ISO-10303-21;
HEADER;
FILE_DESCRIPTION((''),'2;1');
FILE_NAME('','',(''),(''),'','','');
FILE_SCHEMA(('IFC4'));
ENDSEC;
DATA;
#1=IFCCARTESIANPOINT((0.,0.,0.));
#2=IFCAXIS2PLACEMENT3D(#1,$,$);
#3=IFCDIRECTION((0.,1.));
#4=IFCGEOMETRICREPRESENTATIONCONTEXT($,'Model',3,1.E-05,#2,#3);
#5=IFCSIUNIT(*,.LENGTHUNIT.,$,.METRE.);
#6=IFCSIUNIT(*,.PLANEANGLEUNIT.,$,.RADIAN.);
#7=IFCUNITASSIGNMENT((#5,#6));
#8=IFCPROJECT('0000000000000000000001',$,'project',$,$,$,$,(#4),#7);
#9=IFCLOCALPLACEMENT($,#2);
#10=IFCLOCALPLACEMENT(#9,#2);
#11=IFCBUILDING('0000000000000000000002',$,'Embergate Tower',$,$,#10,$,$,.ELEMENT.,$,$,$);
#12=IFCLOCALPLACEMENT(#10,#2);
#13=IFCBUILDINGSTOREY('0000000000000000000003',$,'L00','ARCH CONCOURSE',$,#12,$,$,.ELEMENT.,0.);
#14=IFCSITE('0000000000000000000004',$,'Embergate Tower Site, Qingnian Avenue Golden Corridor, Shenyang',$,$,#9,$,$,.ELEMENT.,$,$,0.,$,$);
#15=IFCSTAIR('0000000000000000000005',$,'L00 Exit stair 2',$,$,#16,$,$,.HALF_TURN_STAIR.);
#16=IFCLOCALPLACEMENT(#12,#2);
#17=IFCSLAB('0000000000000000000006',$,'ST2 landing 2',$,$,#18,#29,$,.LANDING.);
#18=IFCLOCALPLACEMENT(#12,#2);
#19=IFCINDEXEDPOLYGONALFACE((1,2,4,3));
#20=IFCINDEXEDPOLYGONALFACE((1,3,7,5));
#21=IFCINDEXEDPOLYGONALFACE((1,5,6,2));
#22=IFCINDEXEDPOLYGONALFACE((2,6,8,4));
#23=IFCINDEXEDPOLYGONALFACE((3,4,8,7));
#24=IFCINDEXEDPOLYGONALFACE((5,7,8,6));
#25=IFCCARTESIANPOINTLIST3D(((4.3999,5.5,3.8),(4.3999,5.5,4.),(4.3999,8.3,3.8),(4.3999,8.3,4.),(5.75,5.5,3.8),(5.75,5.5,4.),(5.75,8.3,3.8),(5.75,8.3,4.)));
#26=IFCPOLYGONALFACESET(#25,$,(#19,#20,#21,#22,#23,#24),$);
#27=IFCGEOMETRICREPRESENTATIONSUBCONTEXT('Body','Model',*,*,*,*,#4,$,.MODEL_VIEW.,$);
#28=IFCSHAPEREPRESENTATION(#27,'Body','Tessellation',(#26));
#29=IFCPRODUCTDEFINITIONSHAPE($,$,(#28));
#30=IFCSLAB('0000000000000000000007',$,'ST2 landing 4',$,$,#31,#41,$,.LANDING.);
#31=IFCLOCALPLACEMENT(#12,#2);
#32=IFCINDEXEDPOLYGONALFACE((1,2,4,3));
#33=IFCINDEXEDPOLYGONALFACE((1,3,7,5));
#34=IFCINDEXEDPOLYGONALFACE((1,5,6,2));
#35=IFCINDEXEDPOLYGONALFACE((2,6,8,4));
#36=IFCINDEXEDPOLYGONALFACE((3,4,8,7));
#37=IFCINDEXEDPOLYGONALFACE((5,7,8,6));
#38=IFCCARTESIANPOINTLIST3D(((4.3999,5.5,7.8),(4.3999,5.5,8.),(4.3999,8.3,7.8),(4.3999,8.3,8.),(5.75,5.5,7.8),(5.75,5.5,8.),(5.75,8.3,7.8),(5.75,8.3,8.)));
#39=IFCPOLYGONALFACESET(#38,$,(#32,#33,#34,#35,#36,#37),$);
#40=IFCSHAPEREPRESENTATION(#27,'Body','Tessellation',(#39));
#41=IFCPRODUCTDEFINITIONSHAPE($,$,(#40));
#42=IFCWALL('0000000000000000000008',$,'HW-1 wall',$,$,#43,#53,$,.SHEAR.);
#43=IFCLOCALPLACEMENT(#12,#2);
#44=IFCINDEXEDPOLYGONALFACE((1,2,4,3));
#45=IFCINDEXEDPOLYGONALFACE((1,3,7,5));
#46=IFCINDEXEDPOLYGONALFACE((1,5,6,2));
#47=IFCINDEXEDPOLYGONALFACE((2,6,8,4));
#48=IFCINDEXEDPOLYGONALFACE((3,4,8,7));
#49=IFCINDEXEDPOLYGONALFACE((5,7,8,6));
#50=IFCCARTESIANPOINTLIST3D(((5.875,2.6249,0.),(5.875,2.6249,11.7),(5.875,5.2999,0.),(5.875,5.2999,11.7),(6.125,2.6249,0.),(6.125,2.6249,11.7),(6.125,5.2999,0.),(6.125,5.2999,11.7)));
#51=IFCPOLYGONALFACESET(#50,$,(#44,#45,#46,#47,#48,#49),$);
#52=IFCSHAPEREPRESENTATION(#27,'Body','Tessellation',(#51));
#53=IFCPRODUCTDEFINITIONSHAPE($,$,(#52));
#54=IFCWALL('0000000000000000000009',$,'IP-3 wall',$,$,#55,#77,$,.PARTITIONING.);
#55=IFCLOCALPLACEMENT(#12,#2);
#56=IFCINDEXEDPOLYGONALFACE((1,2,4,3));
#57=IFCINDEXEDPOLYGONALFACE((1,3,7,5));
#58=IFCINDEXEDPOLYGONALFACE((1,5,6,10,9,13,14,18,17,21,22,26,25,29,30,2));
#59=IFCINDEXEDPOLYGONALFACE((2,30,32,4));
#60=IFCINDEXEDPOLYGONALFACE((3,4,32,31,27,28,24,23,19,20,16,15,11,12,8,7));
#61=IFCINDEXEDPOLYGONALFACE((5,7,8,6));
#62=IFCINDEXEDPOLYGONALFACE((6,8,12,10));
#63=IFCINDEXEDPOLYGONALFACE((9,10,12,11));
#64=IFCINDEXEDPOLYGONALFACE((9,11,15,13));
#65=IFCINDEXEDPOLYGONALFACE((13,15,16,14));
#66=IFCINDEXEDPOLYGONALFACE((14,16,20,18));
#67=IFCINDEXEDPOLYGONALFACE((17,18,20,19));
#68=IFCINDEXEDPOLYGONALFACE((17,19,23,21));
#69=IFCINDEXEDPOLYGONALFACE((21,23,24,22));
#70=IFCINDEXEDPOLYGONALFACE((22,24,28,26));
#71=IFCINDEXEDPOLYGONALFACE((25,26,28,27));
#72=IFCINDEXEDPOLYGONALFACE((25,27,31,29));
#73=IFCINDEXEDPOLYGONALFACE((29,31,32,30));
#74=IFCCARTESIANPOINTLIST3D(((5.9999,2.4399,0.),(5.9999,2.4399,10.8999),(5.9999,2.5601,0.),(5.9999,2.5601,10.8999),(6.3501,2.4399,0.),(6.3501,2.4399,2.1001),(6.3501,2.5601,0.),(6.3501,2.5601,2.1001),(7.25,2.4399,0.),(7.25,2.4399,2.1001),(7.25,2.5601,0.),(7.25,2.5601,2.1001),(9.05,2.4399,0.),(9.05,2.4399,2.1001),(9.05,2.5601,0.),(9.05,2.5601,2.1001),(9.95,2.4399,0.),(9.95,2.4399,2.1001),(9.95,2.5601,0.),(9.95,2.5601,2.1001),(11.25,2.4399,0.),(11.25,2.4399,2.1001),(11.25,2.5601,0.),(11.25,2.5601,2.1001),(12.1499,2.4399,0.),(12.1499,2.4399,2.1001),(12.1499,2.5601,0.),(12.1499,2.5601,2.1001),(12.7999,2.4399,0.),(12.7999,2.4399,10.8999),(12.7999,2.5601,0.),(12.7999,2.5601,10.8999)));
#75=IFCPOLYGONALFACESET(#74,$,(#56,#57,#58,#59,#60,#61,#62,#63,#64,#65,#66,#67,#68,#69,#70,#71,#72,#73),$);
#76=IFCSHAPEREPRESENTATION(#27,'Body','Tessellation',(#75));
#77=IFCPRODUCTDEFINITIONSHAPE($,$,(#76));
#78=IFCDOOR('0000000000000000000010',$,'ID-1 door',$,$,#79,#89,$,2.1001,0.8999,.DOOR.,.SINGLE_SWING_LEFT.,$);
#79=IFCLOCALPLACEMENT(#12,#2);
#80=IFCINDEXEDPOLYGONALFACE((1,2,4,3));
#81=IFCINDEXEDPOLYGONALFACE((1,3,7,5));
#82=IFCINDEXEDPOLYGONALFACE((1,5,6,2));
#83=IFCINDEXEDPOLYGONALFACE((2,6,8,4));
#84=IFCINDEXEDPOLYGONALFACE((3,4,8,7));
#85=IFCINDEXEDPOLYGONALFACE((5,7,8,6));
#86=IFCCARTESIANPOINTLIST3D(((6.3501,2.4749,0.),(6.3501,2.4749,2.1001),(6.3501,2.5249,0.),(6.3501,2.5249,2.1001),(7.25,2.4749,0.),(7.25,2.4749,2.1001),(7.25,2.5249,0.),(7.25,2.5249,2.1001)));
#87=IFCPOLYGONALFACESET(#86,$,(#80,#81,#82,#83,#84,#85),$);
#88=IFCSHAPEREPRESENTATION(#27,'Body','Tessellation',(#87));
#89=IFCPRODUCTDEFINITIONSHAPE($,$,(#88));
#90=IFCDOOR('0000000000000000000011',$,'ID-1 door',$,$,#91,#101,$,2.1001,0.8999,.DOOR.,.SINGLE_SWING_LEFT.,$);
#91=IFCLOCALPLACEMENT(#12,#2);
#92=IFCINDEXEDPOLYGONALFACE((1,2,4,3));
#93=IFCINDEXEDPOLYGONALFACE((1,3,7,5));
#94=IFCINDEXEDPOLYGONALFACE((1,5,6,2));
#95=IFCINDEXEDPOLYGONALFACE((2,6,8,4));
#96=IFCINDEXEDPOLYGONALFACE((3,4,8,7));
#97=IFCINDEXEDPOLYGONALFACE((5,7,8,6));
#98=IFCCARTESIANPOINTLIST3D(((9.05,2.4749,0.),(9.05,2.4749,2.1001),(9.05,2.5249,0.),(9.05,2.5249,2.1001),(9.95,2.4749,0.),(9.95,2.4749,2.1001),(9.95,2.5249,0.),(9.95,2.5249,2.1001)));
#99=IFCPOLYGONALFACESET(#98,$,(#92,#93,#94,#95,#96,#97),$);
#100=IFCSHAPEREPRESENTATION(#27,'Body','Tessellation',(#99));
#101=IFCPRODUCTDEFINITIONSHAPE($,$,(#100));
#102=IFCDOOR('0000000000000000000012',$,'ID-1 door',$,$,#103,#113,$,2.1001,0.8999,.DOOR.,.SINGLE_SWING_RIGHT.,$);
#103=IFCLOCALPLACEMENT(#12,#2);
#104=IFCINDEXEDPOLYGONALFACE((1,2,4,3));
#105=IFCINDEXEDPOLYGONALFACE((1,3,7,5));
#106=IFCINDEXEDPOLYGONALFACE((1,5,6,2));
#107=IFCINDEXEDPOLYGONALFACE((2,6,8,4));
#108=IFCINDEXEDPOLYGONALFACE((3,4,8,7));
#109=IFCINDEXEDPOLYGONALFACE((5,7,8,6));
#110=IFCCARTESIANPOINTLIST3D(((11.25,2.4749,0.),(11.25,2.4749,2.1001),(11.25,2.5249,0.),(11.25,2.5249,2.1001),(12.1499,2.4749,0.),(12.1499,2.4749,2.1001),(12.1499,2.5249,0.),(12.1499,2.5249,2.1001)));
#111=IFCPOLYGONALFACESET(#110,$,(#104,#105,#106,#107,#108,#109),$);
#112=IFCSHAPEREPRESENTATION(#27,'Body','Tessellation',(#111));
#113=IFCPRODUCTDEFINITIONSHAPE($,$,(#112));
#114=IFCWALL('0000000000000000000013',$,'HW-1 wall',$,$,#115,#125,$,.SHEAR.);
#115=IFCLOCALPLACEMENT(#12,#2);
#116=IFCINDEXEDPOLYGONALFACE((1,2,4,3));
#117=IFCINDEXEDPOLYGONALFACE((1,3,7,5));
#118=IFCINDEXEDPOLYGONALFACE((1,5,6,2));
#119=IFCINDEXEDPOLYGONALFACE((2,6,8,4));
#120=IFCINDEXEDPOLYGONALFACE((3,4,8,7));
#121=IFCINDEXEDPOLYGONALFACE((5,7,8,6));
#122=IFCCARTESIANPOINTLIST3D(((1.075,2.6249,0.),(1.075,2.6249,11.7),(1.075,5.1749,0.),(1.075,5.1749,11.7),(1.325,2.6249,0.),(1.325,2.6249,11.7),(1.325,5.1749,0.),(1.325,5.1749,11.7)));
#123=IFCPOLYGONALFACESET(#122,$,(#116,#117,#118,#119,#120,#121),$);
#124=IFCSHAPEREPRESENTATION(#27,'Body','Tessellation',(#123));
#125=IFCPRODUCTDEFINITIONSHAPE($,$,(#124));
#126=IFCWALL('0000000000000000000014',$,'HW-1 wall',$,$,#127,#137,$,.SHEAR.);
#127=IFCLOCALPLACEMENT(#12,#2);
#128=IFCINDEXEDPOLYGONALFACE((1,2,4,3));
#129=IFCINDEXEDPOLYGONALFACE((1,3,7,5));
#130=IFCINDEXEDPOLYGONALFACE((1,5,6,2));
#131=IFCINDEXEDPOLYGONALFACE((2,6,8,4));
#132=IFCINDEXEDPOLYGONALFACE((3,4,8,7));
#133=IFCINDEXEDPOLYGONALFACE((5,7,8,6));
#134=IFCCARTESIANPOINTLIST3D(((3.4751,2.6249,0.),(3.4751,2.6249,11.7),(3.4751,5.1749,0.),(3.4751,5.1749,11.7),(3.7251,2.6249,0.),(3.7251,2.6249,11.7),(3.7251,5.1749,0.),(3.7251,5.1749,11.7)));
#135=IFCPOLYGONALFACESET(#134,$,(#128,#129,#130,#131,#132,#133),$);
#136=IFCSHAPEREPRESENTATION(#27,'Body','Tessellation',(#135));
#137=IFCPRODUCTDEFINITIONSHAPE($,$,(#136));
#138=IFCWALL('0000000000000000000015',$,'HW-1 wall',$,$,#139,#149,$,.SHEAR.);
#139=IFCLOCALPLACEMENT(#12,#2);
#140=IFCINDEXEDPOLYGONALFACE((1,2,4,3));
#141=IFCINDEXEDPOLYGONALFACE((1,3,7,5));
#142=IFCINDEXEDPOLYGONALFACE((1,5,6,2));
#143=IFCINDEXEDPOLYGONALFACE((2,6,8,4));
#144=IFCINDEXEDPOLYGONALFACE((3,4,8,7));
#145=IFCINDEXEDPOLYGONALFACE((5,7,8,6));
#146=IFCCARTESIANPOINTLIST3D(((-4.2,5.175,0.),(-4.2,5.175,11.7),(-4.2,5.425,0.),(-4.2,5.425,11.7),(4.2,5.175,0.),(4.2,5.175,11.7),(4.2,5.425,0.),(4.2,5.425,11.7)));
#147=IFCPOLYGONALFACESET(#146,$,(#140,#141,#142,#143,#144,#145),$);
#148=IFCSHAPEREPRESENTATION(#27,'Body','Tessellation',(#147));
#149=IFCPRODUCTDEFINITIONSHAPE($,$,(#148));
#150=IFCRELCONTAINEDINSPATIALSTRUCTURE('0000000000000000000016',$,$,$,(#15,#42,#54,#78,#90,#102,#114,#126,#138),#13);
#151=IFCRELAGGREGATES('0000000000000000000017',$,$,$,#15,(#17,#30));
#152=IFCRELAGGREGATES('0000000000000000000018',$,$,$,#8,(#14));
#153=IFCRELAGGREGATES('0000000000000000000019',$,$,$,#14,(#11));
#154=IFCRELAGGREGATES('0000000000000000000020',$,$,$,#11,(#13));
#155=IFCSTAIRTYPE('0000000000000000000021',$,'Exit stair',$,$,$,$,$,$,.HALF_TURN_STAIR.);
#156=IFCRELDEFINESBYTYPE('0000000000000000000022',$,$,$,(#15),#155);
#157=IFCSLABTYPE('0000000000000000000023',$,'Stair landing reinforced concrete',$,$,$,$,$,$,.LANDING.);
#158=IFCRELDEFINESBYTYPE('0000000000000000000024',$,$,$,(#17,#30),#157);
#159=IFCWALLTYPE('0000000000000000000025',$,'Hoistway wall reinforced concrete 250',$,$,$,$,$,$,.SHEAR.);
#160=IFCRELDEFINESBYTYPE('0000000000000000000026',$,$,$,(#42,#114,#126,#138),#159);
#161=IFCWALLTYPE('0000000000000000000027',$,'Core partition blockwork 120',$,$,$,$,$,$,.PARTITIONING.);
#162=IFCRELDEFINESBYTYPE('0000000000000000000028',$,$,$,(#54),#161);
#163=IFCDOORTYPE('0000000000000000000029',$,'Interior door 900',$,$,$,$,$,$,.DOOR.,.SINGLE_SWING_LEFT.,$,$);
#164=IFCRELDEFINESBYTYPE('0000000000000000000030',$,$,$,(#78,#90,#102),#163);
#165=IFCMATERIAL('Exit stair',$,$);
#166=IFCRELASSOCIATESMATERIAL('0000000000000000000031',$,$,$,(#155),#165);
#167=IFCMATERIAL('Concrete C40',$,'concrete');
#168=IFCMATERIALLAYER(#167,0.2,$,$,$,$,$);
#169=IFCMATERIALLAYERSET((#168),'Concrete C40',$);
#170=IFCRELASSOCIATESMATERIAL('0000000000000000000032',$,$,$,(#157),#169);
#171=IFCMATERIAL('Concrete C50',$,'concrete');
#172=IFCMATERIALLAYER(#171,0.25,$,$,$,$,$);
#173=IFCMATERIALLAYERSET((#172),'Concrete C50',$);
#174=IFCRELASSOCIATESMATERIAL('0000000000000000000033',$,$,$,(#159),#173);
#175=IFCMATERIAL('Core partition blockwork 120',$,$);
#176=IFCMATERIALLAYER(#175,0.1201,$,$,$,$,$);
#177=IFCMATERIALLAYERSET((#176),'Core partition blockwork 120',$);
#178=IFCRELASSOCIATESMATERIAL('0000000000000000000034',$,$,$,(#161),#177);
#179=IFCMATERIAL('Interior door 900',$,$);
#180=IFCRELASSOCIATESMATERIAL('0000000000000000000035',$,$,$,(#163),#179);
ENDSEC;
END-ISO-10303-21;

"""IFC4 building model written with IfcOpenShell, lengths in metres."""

from ifc_helpers import new_model, si_unit, direction, frame, frame_2d, origin, place, context, subcontext, project, spatial, polyline, rectangle, outline, extrude, source, transform, mapped, material, layer, layer_set, type_object, element, fill, aggregate, save


model = new_model("IFC4")

# Units and contexts
model_context = context("Model", 3, precision=1e-05, world=origin(), true_north=direction((0.0, 1.0)))
body_context = subcontext(model_context, "Body", "Model", "MODEL_VIEW")
ifc_project = project(units=[si_unit("LENGTHUNIT", "METRE"), si_unit("PLANEANGLEUNIT", "RADIAN")], contexts=[model_context])

# Site, building, storey
site_placement = place(None, origin())
site = spatial("IfcSite", under=ifc_project, at=site_placement, Name="Embergate Tower Site, Qingnian Avenue Golden Corridor, Shenyang", CompositionType="ELEMENT", RefElevation=0.0)
building_placement = place(site_placement, origin())
building = spatial("IfcBuilding", under=site, at=building_placement, Name="Embergate Tower", CompositionType="ELEMENT")
storey_placement = place(building_placement, origin())
storey = spatial("IfcBuildingStorey", under=building, at=storey_placement, Name="L00", Description="ARCH CONCOURSE", CompositionType="ELEMENT", Elevation=0.0)

# Stair, slabs
ifc_material_1 = material(Name="Exit stair")
stair_type = type_object("IfcStairType", Name="Exit stair", PredefinedType="HALF_TURN_STAIR", material=ifc_material_1)
stair_placement = place(storey_placement, origin())
stair = element("IfcStair", 1, at=stair_placement, inside=storey, type_object=stair_type, Name="L00 Exit stair 2", PredefinedType="HALF_TURN_STAIR")
ifc_material_2 = material(Name="Concrete C40", Category="concrete")
ifc_layer_1 = layer(ifc_material_2, 0.2)
ifc_layer_set_1 = layer_set([ifc_layer_1], Name="Concrete C40")
slab_type = type_object("IfcSlabType", Name="Stair landing reinforced concrete", PredefinedType="LANDING", material=ifc_layer_set_1)
shared_shape_1 = source(origin(), body_context, "Body", "SweptSolid", [
    extrude(outline(polyline([(0.0, 0.0), (1.3501, 0.0), (1.3501, 2.8), (0.0, 2.8), (0.0, 0.0)])), origin(), (0.0, 0.0, 1.0), 0.2),
])
slab_1_placement = place(storey_placement, frame((4.3999, 5.5, 3.8)))
slab_1 = element("IfcSlab", 2, at=slab_1_placement, type_object=slab_type, Name="ST2 landing 2", PredefinedType="LANDING", context=body_context, shape_type="MappedRepresentation", body=[
    mapped(shared_shape_1, transform((0.0, 0.0, 0.0))),
])
slab_2_placement = place(storey_placement, frame((4.3999, 5.5, 7.8)))
slab_2 = element("IfcSlab", 3, at=slab_2_placement, type_object=slab_type, Name="ST2 landing 4", PredefinedType="LANDING", context=body_context, shape_type="MappedRepresentation", body=[
    mapped(shared_shape_1, transform((0.0, 0.0, 0.0))),
])

# Wall
ifc_material_3 = material(Name="Concrete C50", Category="concrete")
ifc_layer_2 = layer(ifc_material_3, 0.25)
ifc_layer_set_2 = layer_set([ifc_layer_2], Name="Concrete C50")
wall_type_1 = type_object("IfcWallType", Name="Hoistway wall reinforced concrete 250", PredefinedType="SHEAR", material=ifc_layer_set_2)
shared_shape_2 = source(origin(), body_context, "Body", "SweptSolid", [
    extrude(rectangle(XDim=2.675, YDim=0.25, at=frame_2d((1.3374, 0.0))), origin(), (0.0, 0.0, 1.0), 11.7),
])
wall_1_placement = place(storey_placement, frame((6.0, 2.625, 0.0), z_axis=(0.0, 0.0, 1.0), x_axis=(0.0, 1.0, 0.0)))
element("IfcWall", 4, at=wall_1_placement, inside=storey, type_object=wall_type_1, Name="HW-1 wall", PredefinedType="SHEAR", context=body_context, shape_type="MappedRepresentation", body=[
    mapped(shared_shape_2, transform((0.0, 0.0, 0.0))),
])

# Wall, openings, doors
ifc_material_4 = material(Name="Core partition blockwork 120")
ifc_layer_3 = layer(ifc_material_4, 0.1201)
ifc_layer_set_3 = layer_set([ifc_layer_3], Name="Core partition blockwork 120")
wall_type_2 = type_object("IfcWallType", Name="Core partition blockwork 120", PredefinedType="PARTITIONING", material=ifc_layer_set_3)
shared_shape_3 = source(origin(), body_context, "Body", "SweptSolid", [
    extrude(rectangle(XDim=6.8, YDim=0.1201, at=frame_2d((3.3999, 0.0))), origin(), (0.0, 0.0, 1.0), 10.8999),
])
wall_2_placement = place(storey_placement, frame((6.0, 2.5, 0.0), z_axis=(0.0, 0.0, 1.0), x_axis=(1.0, 0.0, 0.0)))
wall_2 = element("IfcWall", 5, at=wall_2_placement, inside=storey, type_object=wall_type_2, Name="IP-3 wall", PredefinedType="PARTITIONING", context=body_context, shape_type="MappedRepresentation", body=[
    mapped(shared_shape_3, transform((0.0, 0.0, 0.0))),
])
shared_shape_4 = source(origin(), body_context, "Body", "SweptSolid", [
    extrude(rectangle(XDim=0.8999, YDim=2.1001, at=frame_2d((0.45, 1.05))), frame((0.0, 0.0701, 0.0), z_axis=(0.0, -1.0, 0.0), x_axis=(1.0, 0.0, 0.0)), (0.0, 0.0, 1.0), 0.1401),
])
opening_1_placement = place(wall_2_placement, frame((0.3501, 0.0, 0.0)))
opening_1 = element("IfcOpeningElement", 6, at=opening_1_placement, cuts=wall_2, PredefinedType="OPENING", context=body_context, shape_type="MappedRepresentation", body=[
    mapped(shared_shape_4, transform((0.0, 0.0, 0.0))),
])
opening_2_placement = place(wall_2_placement, frame((3.05, 0.0, 0.0)))
opening_2 = element("IfcOpeningElement", 7, at=opening_2_placement, cuts=wall_2, PredefinedType="OPENING", context=body_context, shape_type="MappedRepresentation", body=[
    mapped(shared_shape_4, transform((0.0, 0.0, 0.0))),
])
opening_3_placement = place(wall_2_placement, frame((5.25, 0.0, 0.0)))
opening_3 = element("IfcOpeningElement", 8, at=opening_3_placement, cuts=wall_2, PredefinedType="OPENING", context=body_context, shape_type="MappedRepresentation", body=[
    mapped(shared_shape_4, transform((0.0, 0.0, 0.0))),
])
ifc_material_5 = material(Name="Interior door 900")
door_type_1 = type_object("IfcDoorType", Name="Interior door 900", OperationType="SINGLE_SWING_LEFT", PredefinedType="DOOR", material=ifc_material_5)
shared_shape_5 = source(origin(), body_context, "Body", "SweptSolid", [
    extrude(rectangle(XDim=0.8999, YDim=2.1001, at=frame_2d((0.45, 1.05))), frame((0.0, 0.0249, 0.0), z_axis=(0.0, -1.0, 0.0), x_axis=(1.0, 0.0, 0.0)), (0.0, 0.0, 1.0), 0.05),
])
door_1_placement = place(opening_1_placement, origin())
door_1 = element("IfcDoor", 9, at=door_1_placement, inside=storey, type_object=door_type_1, Name="ID-1 door", OperationType="SINGLE_SWING_LEFT", OverallHeight=2.1001, OverallWidth=0.8999, PredefinedType="DOOR", context=body_context, shape_type="MappedRepresentation", body=[
    mapped(shared_shape_5, transform((0.0, 0.0, 0.0))),
])
fill(opening_1, door_1)
door_2_placement = place(opening_2_placement, origin())
door_2 = element("IfcDoor", 10, at=door_2_placement, inside=storey, type_object=door_type_1, Name="ID-1 door", OperationType="SINGLE_SWING_LEFT", OverallHeight=2.1001, OverallWidth=0.8999, PredefinedType="DOOR", context=body_context, shape_type="MappedRepresentation", body=[
    mapped(shared_shape_5, transform((0.0, 0.0, 0.0))),
])
fill(opening_2, door_2)
door_3_placement = place(opening_3_placement, origin())
door_3 = element("IfcDoor", 11, at=door_3_placement, inside=storey, type_object=door_type_1, Name="ID-1 door", OperationType="SINGLE_SWING_RIGHT", OverallHeight=2.1001, OverallWidth=0.8999, PredefinedType="DOOR", context=body_context, shape_type="MappedRepresentation", body=[
    mapped(shared_shape_5, transform((0.0, 0.0, 0.0))),
])
fill(opening_3, door_3)

# Walls
shared_shape_6 = source(origin(), body_context, "Body", "SweptSolid", [
    extrude(rectangle(XDim=2.55, YDim=0.25, at=frame_2d((1.2749, 0.0))), origin(), (0.0, 0.0, 1.0), 11.7),
])
for number, where, z_axis, x_axis, name in (
    (12, (1.2, 2.625, 0.0), (0.0, 0.0, 1.0), (0.0, 1.0, 0.0), "HW-1 wall"),
    (13, (3.6001, 2.625, 0.0), (0.0, 0.0, 1.0), (0.0, 1.0, 0.0), "HW-1 wall"),
):
    element("IfcWall", number, at=place(storey_placement, frame(where, z_axis=z_axis, x_axis=x_axis)), inside=storey, type_object=wall_type_1, Name=name, PredefinedType="SHEAR", context=body_context, shape_type="MappedRepresentation", body=[
        mapped(shared_shape_6, transform((0.0, 0.0, 0.0))),
    ])
shared_shape_7 = source(origin(), body_context, "Body", "SweptSolid", [
    extrude(rectangle(XDim=8.3999, YDim=0.25, at=frame_2d((4.2, 0.0))), origin(), (0.0, 0.0, 1.0), 11.7),
])
wall_3_placement = place(storey_placement, frame((4.2, 5.3, 0.0), z_axis=(0.0, 0.0, 1.0), x_axis=(-1.0, 0.0, 0.0)))
element("IfcWall", 14, at=wall_3_placement, inside=storey, type_object=wall_type_1, Name="HW-1 wall", PredefinedType="SHEAR", context=body_context, shape_type="MappedRepresentation", body=[
    mapped(shared_shape_7, transform((0.0, 0.0, 0.0))),
])

aggregate(stair, [slab_1, slab_2])

save(model, "model.ifc")
